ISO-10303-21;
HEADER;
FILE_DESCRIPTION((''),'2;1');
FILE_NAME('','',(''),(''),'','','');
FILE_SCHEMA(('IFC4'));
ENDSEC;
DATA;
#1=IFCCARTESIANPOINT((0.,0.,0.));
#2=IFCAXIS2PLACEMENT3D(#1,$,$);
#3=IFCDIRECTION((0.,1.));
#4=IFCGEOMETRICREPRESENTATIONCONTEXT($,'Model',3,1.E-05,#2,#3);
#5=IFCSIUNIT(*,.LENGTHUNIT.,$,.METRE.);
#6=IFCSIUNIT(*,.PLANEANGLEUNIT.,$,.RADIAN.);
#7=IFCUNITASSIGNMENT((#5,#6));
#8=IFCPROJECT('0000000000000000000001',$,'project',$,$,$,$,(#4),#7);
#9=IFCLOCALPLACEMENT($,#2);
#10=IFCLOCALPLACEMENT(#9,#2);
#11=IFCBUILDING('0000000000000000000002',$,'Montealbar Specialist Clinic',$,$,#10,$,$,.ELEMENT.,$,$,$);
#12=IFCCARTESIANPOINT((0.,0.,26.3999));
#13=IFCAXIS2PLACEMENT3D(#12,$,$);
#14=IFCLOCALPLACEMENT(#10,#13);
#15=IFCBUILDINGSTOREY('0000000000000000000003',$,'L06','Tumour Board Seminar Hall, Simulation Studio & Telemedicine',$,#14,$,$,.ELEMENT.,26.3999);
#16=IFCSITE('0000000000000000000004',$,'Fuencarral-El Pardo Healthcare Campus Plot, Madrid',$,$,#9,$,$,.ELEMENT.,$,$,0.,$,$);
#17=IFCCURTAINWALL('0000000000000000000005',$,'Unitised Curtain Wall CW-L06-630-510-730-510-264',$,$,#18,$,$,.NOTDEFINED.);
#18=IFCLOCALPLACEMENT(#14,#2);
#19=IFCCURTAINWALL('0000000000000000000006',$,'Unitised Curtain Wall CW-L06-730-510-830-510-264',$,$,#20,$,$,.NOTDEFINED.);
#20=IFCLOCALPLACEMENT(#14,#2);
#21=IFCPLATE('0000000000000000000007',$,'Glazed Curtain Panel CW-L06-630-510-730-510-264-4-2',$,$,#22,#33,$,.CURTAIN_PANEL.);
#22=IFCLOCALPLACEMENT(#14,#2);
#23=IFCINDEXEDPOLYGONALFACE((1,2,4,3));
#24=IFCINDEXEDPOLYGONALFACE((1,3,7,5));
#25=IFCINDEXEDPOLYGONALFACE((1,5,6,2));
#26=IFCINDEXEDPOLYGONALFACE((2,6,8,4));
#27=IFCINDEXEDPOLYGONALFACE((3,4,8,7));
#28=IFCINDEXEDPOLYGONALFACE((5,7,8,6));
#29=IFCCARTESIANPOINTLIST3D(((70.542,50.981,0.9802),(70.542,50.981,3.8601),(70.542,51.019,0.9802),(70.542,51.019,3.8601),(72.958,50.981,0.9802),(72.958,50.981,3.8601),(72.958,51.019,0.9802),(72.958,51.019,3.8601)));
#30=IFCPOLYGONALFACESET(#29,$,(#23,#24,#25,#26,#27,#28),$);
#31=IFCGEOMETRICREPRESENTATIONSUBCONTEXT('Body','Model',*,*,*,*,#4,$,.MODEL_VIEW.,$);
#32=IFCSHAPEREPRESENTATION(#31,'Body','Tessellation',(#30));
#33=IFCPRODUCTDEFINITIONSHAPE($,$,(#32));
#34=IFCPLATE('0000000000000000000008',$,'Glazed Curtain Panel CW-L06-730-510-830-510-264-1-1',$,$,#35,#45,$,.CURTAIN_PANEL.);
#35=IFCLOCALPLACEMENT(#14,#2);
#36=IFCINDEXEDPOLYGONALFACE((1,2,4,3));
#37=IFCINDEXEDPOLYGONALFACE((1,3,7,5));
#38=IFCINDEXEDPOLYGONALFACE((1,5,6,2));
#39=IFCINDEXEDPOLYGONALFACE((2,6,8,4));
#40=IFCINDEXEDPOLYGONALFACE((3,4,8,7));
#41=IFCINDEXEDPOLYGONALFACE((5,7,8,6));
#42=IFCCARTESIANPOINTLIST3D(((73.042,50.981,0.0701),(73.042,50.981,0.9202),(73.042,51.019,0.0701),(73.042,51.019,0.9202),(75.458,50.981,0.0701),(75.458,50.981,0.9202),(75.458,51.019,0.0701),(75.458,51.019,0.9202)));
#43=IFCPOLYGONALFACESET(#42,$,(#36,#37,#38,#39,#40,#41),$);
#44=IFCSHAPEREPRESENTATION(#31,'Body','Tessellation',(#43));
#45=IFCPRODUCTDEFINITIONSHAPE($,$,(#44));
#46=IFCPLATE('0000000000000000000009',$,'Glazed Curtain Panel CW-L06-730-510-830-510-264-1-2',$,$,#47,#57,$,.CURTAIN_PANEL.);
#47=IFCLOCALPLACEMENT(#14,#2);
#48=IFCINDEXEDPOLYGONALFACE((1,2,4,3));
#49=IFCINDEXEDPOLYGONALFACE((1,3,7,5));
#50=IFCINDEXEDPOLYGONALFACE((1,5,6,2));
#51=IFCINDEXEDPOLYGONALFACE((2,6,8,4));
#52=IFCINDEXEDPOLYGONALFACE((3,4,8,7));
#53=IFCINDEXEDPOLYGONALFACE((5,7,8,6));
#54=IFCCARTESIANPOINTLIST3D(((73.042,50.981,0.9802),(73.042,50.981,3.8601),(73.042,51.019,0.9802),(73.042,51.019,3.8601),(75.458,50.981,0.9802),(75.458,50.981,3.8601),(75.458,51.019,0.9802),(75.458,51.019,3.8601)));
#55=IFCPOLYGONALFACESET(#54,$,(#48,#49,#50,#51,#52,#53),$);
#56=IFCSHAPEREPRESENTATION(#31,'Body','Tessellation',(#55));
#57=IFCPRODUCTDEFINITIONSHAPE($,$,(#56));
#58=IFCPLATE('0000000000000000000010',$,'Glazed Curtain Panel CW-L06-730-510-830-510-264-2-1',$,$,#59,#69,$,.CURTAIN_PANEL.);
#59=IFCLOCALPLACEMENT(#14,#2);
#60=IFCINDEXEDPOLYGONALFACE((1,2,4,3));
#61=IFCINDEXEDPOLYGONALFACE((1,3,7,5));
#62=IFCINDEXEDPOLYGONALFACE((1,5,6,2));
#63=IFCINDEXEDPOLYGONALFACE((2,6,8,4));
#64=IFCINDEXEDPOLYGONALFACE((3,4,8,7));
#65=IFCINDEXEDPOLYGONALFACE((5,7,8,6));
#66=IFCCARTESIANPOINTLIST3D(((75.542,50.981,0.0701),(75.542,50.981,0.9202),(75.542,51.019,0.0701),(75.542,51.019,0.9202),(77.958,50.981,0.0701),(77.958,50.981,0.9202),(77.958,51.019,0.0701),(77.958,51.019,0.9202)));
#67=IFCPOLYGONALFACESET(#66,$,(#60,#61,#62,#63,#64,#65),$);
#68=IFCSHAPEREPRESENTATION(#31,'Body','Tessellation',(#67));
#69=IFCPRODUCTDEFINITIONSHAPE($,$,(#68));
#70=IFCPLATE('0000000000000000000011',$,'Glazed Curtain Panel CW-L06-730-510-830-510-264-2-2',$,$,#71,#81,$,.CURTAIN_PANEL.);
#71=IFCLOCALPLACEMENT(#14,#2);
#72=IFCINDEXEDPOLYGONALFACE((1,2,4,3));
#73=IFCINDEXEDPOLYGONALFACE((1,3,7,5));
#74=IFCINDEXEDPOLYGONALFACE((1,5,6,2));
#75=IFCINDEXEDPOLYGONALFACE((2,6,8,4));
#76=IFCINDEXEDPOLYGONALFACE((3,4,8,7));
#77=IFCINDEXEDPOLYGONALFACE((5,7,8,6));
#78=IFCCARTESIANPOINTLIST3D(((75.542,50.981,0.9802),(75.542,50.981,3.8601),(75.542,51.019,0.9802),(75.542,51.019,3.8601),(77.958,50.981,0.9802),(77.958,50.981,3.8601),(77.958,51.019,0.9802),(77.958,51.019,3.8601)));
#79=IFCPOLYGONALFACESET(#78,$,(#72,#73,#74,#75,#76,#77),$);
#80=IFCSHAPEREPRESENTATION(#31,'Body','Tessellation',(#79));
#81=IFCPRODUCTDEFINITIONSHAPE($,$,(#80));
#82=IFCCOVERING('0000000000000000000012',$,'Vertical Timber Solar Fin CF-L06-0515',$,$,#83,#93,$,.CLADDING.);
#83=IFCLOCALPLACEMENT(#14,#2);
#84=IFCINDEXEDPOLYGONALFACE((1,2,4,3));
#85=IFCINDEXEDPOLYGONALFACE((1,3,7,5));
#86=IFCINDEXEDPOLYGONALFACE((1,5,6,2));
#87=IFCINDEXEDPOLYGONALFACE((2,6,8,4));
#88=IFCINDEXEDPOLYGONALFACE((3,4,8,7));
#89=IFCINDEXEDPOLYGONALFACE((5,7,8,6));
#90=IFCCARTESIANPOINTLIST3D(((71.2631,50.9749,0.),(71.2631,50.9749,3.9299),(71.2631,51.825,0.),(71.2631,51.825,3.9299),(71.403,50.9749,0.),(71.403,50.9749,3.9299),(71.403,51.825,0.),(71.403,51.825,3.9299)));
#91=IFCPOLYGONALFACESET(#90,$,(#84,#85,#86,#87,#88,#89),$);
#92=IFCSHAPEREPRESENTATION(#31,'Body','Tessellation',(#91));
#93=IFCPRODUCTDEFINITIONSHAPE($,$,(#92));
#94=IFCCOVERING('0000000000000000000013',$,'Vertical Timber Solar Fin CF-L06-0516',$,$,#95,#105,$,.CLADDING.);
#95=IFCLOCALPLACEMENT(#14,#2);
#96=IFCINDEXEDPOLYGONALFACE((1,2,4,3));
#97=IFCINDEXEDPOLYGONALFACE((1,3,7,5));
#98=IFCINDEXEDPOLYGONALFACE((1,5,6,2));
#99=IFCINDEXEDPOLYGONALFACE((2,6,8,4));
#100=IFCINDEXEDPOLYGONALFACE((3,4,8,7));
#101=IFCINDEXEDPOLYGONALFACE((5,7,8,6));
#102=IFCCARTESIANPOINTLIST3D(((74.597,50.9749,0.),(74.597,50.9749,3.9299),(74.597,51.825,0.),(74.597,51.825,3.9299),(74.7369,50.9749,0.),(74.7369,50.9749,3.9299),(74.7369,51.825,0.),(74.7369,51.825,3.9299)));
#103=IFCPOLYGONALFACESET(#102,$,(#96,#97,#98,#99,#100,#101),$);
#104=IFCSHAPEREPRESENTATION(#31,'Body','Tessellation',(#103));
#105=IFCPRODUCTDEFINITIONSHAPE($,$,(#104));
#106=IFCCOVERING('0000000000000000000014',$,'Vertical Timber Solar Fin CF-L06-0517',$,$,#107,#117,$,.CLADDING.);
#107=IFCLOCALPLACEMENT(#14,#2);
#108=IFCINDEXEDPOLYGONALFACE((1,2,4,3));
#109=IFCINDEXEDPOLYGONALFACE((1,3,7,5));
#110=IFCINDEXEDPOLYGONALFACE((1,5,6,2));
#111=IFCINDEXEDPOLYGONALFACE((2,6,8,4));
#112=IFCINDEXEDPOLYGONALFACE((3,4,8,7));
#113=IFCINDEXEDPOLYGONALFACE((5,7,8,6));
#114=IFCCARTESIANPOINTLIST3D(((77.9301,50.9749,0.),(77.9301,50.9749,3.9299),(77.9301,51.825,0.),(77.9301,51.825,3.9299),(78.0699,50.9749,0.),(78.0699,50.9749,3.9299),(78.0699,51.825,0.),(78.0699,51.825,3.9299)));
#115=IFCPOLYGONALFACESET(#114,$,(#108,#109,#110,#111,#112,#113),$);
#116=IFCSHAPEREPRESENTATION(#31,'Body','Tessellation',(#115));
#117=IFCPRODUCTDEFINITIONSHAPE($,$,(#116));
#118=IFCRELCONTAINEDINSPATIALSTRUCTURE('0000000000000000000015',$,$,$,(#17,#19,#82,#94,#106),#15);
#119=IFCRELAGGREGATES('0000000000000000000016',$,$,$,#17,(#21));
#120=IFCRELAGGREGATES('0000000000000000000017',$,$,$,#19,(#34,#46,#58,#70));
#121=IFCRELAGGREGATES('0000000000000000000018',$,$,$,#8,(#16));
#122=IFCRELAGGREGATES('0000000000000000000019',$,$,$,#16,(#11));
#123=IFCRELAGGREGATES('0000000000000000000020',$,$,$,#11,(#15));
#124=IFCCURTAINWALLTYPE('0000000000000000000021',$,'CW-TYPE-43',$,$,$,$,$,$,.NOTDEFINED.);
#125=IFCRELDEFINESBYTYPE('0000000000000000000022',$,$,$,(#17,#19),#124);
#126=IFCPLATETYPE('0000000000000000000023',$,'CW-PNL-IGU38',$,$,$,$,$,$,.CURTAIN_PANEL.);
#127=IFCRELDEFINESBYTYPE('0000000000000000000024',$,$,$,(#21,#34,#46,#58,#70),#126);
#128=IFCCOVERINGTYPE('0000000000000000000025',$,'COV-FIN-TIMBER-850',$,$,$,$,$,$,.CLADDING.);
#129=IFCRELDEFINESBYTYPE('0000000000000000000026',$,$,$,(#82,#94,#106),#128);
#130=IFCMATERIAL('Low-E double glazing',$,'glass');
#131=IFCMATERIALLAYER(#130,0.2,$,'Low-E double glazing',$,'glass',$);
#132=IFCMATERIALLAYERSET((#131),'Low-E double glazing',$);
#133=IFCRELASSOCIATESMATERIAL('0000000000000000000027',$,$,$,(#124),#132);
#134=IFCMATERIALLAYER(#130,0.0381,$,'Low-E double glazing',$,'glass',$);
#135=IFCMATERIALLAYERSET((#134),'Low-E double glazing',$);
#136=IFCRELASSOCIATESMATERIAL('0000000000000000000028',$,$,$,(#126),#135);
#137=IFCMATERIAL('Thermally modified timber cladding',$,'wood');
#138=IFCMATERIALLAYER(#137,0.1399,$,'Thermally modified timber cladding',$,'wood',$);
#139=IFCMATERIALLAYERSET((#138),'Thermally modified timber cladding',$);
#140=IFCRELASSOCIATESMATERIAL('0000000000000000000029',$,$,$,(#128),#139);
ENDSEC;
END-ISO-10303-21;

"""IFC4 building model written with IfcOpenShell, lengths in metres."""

from ifc_helpers import new_model, si_unit, direction, frame, origin, origin_2d, place, context, subcontext, project, spatial, rectangle, extrude, material, layer, layer_set, type_object, element, aggregate, save


model = new_model("IFC4")

# Units and contexts
model_context = context("Model", 3, precision=1e-05, world=origin(), true_north=direction((0.0, 1.0)))
body_context = subcontext(model_context, "Body", "Model", "MODEL_VIEW")
ifc_project = project(units=[si_unit("LENGTHUNIT", "METRE"), si_unit("PLANEANGLEUNIT", "RADIAN")], contexts=[model_context])

# Site, building, storey
site_placement = place(None, origin())
site = spatial("IfcSite", under=ifc_project, at=site_placement, Name="Fuencarral-El Pardo Healthcare Campus Plot, Madrid", CompositionType="ELEMENT", RefElevation=0.0)
building_placement = place(site_placement, origin())
building = spatial("IfcBuilding", under=site, at=building_placement, Name="Montealbar Specialist Clinic", CompositionType="ELEMENT")
storey_placement = place(building_placement, frame((0.0, 0.0, 26.3999)))
storey = spatial("IfcBuildingStorey", under=building, at=storey_placement, Name="L06", Description="Tumour Board Seminar Hall, Simulation Studio & Telemedicine", CompositionType="ELEMENT", Elevation=26.3999)

# Curtain walls
ifc_material_1 = material(Name="Low-E double glazing", Category="glass")
ifc_layer_1 = layer(ifc_material_1, 0.2, Name="Low-E double glazing", Category="glass")
ifc_layer_set_1 = layer_set([ifc_layer_1], Name="Low-E double glazing")
curtain_wall_type = type_object("IfcCurtainWallType", Name="CW-TYPE-43", PredefinedType="NOTDEFINED", material=ifc_layer_set_1)
curtain_wall_1_placement = place(storey_placement, origin())
curtain_wall_1 = element("IfcCurtainWall", 1, at=curtain_wall_1_placement, inside=storey, type_object=curtain_wall_type, Name="Unitised Curtain Wall CW-L06-630-510-730-510-264", PredefinedType="NOTDEFINED")
curtain_wall_2_placement = place(storey_placement, origin())
curtain_wall_2 = element("IfcCurtainWall", 2, at=curtain_wall_2_placement, inside=storey, type_object=curtain_wall_type, Name="Unitised Curtain Wall CW-L06-730-510-830-510-264", PredefinedType="NOTDEFINED")

# Plates
ifc_layer_2 = layer(ifc_material_1, 0.0381, Name="Low-E double glazing", Category="glass")
ifc_layer_set_2 = layer_set([ifc_layer_2], Name="Low-E double glazing")
plate_type = type_object("IfcPlateType", Name="CW-PNL-IGU38", PredefinedType="CURTAIN_PANEL", material=ifc_layer_set_2)
plate_1_placement = place(storey_placement, frame((71.75, 51.0, 0.9802), z_axis=(0.0, 0.0, 1.0), x_axis=(1.0, 0.0, 0.0)))
plate_1 = element("IfcPlate", 3, at=plate_1_placement, type_object=plate_type, Name="Glazed Curtain Panel CW-L06-630-510-730-510-264-4-2", PredefinedType="CURTAIN_PANEL", context=body_context, shape_type="SweptSolid", body=[
    extrude(rectangle(XDim=2.416, YDim=0.0381, at=origin_2d()), origin(), (0.0, 0.0, 1.0), 2.8799),
])
aggregate(curtain_wall_1, [plate_1])
plate_2_placement = place(storey_placement, frame((74.25, 51.0, 0.0701), z_axis=(0.0, 0.0, 1.0), x_axis=(1.0, 0.0, 0.0)))
plate_2 = element("IfcPlate", 4, at=plate_2_placement, type_object=plate_type, Name="Glazed Curtain Panel CW-L06-730-510-830-510-264-1-1", PredefinedType="CURTAIN_PANEL", context=body_context, shape_type="SweptSolid", body=[
    extrude(rectangle(XDim=2.416, YDim=0.0381, at=origin_2d()), origin(), (0.0, 0.0, 1.0), 0.8501),
])
plate_3_placement = place(storey_placement, frame((74.25, 51.0, 0.9802), z_axis=(0.0, 0.0, 1.0), x_axis=(1.0, 0.0, 0.0)))
plate_3 = element("IfcPlate", 5, at=plate_3_placement, type_object=plate_type, Name="Glazed Curtain Panel CW-L06-730-510-830-510-264-1-2", PredefinedType="CURTAIN_PANEL", context=body_context, shape_type="SweptSolid", body=[
    extrude(rectangle(XDim=2.416, YDim=0.0381, at=origin_2d()), origin(), (0.0, 0.0, 1.0), 2.8799),
])
plate_4_placement = place(storey_placement, frame((76.75, 51.0, 0.0701), z_axis=(0.0, 0.0, 1.0), x_axis=(1.0, 0.0, 0.0)))
plate_4 = element("IfcPlate", 6, at=plate_4_placement, type_object=plate_type, Name="Glazed Curtain Panel CW-L06-730-510-830-510-264-2-1", PredefinedType="CURTAIN_PANEL", context=body_context, shape_type="SweptSolid", body=[
    extrude(rectangle(XDim=2.416, YDim=0.0381, at=origin_2d()), origin(), (0.0, 0.0, 1.0), 0.8501),
])
plate_5_placement = place(storey_placement, frame((76.75, 51.0, 0.9802), z_axis=(0.0, 0.0, 1.0), x_axis=(1.0, 0.0, 0.0)))
plate_5 = element("IfcPlate", 7, at=plate_5_placement, type_object=plate_type, Name="Glazed Curtain Panel CW-L06-730-510-830-510-264-2-2", PredefinedType="CURTAIN_PANEL", context=body_context, shape_type="SweptSolid", body=[
    extrude(rectangle(XDim=2.416, YDim=0.0381, at=origin_2d()), origin(), (0.0, 0.0, 1.0), 2.8799),
])
aggregate(curtain_wall_2, [plate_2, plate_3, plate_4, plate_5])

# Coverings
ifc_material_2 = material(Name="Thermally modified timber cladding", Category="wood")
ifc_layer_3 = layer(ifc_material_2, 0.1399, Name="Thermally modified timber cladding", Category="wood")
ifc_layer_set_3 = layer_set([ifc_layer_3], Name="Thermally modified timber cladding")
covering_type = type_object("IfcCoveringType", Name="COV-FIN-TIMBER-850", PredefinedType="CLADDING", material=ifc_layer_set_3)
for number, where, z_axis, x_axis, name in (
    (8, (71.333, 51.3999, 0.0), (0.0, 0.0, 1.0), (0.0, 1.0, 0.0), "Vertical Timber Solar Fin CF-L06-0515"),
    (9, (74.667, 51.3999, 0.0), (0.0, 0.0, 1.0), (0.0, 1.0, 0.0), "Vertical Timber Solar Fin CF-L06-0516"),
    (10, (78.0, 51.3999, 0.0), (0.0, 0.0, 1.0), (0.0, 1.0, 0.0), "Vertical Timber Solar Fin CF-L06-0517"),
):
    element("IfcCovering", number, at=place(storey_placement, frame(where, z_axis=z_axis, x_axis=x_axis)), inside=storey, type_object=covering_type, Name=name, PredefinedType="CLADDING", context=body_context, shape_type="SweptSolid", body=[
        extrude(rectangle(XDim=0.8501, YDim=0.1399, at=origin_2d()), origin(), (0.0, 0.0, 1.0), 3.9299),
    ])

save(model, "model.ifc")
